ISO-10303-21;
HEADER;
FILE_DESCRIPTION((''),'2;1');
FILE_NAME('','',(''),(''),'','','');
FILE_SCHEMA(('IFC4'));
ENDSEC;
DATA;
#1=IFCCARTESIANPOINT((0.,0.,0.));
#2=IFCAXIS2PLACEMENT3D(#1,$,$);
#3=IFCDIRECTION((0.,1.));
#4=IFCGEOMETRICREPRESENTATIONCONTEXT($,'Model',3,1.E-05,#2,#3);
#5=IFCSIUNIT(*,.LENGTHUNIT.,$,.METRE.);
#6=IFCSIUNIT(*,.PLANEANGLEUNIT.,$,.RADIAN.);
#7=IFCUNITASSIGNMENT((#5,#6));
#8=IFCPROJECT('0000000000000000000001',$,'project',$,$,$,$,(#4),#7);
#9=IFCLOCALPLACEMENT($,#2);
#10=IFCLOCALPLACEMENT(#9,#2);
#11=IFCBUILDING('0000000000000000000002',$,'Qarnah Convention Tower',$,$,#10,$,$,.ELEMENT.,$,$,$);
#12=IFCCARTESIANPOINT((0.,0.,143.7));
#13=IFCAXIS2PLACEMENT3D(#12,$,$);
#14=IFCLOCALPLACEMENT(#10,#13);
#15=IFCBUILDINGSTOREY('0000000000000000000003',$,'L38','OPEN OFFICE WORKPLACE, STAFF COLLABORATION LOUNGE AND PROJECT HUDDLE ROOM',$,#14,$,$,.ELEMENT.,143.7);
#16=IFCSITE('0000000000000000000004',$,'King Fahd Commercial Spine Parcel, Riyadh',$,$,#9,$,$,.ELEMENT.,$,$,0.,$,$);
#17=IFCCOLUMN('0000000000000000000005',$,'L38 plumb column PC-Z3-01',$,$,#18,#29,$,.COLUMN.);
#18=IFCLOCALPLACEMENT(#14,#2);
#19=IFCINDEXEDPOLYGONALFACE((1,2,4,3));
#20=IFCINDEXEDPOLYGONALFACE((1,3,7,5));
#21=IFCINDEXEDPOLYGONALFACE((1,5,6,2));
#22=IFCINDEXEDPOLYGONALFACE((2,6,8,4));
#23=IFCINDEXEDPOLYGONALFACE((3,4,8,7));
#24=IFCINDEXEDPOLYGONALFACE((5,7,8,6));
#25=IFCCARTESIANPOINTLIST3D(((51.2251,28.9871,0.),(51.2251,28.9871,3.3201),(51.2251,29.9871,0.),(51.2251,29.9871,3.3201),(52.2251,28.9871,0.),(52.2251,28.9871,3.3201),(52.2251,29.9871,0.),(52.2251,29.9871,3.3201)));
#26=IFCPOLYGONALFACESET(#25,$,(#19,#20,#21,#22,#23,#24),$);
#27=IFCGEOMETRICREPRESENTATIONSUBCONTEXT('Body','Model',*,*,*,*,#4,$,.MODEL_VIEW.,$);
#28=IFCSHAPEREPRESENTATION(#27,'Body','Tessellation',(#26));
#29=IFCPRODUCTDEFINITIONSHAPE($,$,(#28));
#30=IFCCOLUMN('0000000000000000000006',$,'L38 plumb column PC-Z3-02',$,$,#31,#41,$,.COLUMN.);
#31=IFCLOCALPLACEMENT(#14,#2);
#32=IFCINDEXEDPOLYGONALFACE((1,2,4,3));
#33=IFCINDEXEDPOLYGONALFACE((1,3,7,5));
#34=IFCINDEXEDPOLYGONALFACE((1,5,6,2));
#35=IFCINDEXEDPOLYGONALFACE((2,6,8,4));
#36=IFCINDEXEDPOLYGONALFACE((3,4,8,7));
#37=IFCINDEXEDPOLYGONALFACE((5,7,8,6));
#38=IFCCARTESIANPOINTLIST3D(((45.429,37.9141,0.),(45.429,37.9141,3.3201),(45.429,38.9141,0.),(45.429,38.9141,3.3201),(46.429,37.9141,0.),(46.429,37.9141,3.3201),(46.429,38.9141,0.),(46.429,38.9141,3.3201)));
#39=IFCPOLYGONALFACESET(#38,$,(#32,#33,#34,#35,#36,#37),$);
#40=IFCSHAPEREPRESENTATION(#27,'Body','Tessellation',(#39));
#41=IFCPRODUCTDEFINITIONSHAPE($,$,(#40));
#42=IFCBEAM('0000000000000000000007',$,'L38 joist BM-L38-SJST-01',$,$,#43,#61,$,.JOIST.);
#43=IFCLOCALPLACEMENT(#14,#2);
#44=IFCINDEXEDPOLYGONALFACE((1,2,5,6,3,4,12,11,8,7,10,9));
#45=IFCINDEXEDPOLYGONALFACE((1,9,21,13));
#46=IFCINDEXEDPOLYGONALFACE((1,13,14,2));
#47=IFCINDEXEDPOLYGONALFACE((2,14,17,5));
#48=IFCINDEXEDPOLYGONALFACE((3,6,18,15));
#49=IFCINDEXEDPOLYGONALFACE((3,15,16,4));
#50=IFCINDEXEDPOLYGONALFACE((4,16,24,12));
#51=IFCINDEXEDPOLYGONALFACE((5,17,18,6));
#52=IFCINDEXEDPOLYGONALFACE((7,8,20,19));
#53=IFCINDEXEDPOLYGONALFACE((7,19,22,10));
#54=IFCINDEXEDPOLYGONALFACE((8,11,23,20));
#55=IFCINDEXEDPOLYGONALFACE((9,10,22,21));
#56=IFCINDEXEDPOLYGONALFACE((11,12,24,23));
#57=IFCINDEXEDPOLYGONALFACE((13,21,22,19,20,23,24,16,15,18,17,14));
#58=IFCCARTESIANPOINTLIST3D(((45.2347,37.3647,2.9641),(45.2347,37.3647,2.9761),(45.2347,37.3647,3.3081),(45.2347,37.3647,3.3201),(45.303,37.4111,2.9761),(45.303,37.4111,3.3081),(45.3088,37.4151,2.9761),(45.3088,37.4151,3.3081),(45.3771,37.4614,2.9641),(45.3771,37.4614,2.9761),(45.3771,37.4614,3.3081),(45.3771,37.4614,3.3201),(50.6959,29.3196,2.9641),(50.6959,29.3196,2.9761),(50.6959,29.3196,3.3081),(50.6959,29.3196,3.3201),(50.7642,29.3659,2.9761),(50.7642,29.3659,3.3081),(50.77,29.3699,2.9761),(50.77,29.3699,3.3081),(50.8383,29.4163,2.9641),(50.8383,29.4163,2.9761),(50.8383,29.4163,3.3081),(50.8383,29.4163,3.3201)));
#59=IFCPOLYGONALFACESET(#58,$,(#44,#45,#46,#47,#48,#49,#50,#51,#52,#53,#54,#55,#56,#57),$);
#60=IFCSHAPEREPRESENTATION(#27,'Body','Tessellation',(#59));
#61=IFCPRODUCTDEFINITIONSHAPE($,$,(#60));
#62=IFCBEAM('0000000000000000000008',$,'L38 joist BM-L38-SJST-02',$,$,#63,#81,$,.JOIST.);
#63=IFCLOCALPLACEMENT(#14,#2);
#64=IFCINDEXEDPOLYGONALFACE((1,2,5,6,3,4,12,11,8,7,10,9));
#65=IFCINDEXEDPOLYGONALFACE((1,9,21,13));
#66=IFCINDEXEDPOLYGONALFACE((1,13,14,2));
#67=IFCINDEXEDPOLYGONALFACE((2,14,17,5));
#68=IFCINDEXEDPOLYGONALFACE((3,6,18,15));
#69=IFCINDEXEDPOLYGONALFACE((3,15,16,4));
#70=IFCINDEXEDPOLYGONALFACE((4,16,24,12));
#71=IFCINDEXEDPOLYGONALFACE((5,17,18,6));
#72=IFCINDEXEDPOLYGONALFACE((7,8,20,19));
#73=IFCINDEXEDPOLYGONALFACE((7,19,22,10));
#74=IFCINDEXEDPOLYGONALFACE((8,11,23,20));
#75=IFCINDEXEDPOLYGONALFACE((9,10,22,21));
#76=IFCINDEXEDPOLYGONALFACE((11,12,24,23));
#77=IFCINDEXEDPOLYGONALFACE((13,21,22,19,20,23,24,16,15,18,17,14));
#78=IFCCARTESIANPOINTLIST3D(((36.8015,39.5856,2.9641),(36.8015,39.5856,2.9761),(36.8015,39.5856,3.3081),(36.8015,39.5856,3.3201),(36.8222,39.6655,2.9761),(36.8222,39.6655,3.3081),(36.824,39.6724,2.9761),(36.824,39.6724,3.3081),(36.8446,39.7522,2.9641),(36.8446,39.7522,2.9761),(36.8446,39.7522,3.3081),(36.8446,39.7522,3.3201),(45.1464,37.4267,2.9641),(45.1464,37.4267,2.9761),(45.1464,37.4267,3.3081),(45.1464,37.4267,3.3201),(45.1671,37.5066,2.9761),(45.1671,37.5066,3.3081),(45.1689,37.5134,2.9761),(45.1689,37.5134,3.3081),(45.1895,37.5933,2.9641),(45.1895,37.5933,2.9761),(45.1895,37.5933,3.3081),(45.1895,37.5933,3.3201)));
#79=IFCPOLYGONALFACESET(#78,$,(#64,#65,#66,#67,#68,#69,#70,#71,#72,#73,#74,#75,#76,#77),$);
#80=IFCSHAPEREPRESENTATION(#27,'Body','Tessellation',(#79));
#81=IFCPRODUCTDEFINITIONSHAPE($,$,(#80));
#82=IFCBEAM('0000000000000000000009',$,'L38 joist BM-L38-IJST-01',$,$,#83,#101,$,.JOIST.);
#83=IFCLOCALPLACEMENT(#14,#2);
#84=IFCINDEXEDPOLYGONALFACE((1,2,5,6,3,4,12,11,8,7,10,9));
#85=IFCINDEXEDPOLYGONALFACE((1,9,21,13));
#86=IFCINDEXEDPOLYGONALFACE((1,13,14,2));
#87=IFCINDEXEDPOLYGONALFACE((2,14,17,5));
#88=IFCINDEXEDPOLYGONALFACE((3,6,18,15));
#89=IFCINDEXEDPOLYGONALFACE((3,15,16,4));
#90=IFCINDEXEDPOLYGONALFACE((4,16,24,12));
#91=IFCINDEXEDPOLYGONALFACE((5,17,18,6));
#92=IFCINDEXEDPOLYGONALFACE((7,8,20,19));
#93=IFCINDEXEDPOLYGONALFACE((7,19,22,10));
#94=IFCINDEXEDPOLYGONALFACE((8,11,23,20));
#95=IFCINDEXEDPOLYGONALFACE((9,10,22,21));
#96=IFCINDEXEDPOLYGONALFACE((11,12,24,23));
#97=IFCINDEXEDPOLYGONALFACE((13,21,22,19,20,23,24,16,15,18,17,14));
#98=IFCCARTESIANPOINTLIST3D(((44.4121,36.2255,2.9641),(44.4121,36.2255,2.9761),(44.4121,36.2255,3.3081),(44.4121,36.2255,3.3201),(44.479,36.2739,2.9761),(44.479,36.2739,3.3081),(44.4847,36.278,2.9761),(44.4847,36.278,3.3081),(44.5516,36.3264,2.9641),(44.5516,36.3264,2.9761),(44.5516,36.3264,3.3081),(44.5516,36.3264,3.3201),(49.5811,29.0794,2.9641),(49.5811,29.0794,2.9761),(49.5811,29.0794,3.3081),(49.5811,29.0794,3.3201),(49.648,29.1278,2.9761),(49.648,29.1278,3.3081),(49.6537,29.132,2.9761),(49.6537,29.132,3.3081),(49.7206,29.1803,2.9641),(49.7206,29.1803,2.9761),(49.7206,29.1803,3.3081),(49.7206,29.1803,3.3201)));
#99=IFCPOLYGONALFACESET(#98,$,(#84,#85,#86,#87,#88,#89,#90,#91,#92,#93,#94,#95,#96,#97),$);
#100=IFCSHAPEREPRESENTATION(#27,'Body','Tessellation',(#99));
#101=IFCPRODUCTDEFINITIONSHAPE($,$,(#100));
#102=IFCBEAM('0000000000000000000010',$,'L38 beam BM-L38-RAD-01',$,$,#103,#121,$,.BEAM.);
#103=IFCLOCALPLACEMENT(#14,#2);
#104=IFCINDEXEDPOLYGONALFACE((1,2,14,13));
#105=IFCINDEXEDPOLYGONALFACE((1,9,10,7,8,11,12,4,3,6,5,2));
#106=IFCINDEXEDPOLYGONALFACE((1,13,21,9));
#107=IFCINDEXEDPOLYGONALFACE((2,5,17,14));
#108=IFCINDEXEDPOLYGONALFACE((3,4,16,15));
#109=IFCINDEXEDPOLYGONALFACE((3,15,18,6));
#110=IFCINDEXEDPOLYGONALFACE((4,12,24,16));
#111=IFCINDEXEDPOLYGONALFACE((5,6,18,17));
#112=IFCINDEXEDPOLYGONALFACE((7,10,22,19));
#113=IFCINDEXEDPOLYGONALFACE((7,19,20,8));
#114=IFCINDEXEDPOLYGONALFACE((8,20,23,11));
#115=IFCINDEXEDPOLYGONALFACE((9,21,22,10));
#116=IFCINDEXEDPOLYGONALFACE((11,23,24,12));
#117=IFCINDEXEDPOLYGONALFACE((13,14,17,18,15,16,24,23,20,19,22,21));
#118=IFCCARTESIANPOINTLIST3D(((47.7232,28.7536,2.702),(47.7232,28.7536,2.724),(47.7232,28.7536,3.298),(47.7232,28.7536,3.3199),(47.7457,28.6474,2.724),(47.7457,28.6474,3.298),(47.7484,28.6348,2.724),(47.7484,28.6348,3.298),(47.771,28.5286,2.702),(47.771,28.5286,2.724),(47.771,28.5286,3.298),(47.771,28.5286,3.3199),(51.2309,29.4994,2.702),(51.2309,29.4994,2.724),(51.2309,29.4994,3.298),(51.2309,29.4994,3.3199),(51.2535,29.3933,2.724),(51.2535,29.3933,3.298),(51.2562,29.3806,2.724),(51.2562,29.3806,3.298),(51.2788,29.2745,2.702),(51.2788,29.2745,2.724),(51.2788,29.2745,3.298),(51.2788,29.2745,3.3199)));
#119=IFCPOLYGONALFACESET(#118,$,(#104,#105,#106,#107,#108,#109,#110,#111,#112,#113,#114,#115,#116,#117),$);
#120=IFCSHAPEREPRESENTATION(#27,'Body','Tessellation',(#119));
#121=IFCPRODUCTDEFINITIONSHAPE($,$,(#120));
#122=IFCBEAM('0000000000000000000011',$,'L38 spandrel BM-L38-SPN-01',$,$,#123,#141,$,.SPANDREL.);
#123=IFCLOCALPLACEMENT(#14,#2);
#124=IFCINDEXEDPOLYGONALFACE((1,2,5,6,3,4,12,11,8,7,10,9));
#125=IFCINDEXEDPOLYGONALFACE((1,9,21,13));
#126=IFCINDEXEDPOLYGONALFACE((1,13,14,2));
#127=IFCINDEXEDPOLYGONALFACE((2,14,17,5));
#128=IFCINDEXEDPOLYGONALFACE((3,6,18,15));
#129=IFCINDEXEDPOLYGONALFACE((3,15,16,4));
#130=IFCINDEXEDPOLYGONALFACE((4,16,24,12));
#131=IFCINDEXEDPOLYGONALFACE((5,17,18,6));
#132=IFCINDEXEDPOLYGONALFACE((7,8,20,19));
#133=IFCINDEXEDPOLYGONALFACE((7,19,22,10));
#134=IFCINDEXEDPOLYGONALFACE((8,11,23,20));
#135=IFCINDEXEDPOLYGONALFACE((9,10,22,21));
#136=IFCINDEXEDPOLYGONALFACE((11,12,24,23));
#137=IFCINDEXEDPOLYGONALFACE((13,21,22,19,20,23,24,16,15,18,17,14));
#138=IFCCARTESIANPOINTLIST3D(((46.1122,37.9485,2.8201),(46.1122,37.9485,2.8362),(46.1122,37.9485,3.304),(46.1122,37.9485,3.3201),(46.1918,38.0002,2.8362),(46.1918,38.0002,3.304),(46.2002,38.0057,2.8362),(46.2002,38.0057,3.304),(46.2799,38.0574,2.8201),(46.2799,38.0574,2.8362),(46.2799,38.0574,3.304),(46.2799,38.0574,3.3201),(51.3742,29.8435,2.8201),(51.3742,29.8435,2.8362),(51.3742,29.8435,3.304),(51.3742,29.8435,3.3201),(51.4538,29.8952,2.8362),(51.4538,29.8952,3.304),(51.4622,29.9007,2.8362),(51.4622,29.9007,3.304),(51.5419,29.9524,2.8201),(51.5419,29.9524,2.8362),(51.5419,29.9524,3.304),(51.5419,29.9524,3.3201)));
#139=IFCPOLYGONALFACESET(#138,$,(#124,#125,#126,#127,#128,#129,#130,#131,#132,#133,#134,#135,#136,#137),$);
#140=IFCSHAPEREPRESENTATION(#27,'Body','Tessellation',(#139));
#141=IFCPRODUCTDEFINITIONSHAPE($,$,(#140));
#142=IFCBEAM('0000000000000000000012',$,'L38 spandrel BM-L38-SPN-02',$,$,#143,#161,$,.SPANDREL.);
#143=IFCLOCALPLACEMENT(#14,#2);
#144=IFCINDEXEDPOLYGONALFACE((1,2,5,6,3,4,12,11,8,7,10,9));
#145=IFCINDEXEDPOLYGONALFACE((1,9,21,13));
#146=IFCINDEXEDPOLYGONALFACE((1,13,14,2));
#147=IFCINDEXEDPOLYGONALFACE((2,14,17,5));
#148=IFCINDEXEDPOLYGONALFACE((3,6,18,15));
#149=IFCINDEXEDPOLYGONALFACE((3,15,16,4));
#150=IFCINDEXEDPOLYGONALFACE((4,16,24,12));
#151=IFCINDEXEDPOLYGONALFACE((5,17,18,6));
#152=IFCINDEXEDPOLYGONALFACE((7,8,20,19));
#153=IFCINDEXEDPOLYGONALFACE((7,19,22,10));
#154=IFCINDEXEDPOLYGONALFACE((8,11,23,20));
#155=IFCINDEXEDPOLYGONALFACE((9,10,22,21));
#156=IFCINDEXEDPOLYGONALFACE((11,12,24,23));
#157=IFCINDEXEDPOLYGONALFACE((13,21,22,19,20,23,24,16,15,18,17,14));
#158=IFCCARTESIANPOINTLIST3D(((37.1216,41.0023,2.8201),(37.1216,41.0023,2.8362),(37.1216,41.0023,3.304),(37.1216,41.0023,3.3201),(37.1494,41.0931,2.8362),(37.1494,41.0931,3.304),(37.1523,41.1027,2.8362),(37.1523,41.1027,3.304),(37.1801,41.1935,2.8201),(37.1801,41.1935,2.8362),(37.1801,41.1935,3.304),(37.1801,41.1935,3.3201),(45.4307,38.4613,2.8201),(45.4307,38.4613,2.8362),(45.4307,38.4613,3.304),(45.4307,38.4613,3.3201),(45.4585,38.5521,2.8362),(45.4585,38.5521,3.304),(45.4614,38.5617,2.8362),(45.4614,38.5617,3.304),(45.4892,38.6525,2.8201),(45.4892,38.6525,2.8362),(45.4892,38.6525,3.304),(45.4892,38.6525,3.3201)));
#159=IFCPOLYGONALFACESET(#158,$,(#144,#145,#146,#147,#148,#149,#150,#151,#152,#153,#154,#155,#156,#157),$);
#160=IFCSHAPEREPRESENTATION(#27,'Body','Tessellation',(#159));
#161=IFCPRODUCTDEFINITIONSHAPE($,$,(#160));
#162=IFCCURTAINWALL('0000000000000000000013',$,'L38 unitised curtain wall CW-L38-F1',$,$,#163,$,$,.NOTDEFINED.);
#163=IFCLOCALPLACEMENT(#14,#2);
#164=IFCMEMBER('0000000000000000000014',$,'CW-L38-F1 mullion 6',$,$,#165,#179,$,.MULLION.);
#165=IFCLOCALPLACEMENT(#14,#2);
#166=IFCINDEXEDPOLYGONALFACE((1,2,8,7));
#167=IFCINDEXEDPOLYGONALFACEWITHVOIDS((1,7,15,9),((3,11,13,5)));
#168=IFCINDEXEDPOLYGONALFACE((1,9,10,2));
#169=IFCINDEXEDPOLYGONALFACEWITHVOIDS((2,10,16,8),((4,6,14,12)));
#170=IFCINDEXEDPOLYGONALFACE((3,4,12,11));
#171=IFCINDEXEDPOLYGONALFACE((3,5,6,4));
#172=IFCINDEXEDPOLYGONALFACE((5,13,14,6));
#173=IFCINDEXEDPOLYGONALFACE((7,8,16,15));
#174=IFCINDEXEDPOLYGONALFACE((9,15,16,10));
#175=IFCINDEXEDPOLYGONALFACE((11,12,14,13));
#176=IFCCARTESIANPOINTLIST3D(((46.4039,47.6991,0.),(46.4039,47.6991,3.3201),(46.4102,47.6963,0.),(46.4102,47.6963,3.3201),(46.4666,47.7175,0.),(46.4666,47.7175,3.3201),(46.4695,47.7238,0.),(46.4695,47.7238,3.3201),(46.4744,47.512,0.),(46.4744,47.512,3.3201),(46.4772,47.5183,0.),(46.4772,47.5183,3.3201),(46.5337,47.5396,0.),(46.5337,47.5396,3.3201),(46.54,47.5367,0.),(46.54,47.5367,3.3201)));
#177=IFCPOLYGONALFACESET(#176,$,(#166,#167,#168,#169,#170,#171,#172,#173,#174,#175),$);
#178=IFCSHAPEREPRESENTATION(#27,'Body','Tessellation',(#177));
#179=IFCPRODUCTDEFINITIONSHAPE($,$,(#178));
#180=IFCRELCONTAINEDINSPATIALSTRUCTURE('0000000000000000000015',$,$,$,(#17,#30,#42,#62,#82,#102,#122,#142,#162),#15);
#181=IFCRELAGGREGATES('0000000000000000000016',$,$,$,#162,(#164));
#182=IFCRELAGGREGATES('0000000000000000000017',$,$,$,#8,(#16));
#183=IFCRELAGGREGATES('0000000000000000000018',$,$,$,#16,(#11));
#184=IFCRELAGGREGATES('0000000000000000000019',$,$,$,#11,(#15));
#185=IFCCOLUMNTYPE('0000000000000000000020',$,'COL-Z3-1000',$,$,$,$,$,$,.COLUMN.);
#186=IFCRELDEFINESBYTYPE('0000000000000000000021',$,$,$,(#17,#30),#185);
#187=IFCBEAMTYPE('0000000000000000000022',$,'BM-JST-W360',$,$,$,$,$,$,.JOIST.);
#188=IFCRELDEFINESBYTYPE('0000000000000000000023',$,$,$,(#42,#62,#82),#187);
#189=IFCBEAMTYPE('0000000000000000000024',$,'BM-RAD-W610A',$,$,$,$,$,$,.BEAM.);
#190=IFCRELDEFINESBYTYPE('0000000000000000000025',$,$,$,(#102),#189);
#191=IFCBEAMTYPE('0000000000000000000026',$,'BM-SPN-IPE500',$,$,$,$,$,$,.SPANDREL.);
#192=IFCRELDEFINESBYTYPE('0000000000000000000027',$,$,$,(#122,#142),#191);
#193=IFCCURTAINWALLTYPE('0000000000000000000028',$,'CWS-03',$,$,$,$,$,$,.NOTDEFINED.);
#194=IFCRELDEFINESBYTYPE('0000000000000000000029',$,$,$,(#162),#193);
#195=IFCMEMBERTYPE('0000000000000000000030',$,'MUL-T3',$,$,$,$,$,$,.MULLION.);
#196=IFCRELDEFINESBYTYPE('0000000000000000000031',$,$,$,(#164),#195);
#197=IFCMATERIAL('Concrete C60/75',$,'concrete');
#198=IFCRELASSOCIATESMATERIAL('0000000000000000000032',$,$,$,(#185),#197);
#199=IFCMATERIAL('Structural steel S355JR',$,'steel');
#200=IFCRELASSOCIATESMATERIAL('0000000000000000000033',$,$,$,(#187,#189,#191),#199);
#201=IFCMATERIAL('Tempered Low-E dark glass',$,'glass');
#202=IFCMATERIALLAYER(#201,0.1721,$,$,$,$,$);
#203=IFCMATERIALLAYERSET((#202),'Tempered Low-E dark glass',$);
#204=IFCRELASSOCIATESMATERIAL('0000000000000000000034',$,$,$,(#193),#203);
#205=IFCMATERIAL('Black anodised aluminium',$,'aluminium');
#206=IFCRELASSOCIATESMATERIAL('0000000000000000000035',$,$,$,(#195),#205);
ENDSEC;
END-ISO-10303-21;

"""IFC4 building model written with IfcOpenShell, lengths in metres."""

from ifc_helpers import new_model, si_unit, direction, frame, origin, origin_2d, place, context, subcontext, project, spatial, rectangle, hollow_rectangle, i_section, extrude, material, layer, layer_set, material_profile, profile_set, type_object, element, aggregate, save


model = new_model("IFC4")

# Units and contexts
model_context = context("Model", 3, precision=1e-05, world=origin(), true_north=direction((0.0, 1.0)))
body_context = subcontext(model_context, "Body", "Model", "MODEL_VIEW")
ifc_project = project(units=[si_unit("LENGTHUNIT", "METRE"), si_unit("PLANEANGLEUNIT", "RADIAN")], contexts=[model_context])

# Site, building, storey
site_placement = place(None, origin())
site = spatial("IfcSite", under=ifc_project, at=site_placement, Name="King Fahd Commercial Spine Parcel, Riyadh", CompositionType="ELEMENT", RefElevation=0.0)
building_placement = place(site_placement, origin())
building = spatial("IfcBuilding", under=site, at=building_placement, Name="Qarnah Convention Tower", CompositionType="ELEMENT")
storey_placement = place(building_placement, frame((0.0, 0.0, 143.7)))
storey = spatial("IfcBuildingStorey", under=building, at=storey_placement, Name="L38", Description="OPEN OFFICE WORKPLACE, STAFF COLLABORATION LOUNGE AND PROJECT HUDDLE ROOM", CompositionType="ELEMENT", Elevation=143.7)

# Columns
ifc_material_1 = material(Name="Concrete C60/75", Category="concrete")
ifc_material_profile_1 = material_profile(ifc_material_1, rectangle(XDim=1.0, YDim=1.0, at=origin_2d()), Name="RC-COL-1000X1000")
ifc_profile_set_1 = profile_set([ifc_material_profile_1], Name="Concrete C60/75")
column_type = type_object("IfcColumnType", Name="COL-Z3-1000", PredefinedType="COLUMN", material=ifc_profile_set_1)
for number, where, z_axis, x_axis, name in (
    (1, (51.7251, 29.4871, 0.0), (0.0, 0.0, 1.0), (1.0, 0.0, 0.0), "L38 plumb column PC-Z3-01"),
    (2, (45.929, 38.4141, 0.0), (0.0, 0.0, 1.0), (1.0, 0.0, 0.0), "L38 plumb column PC-Z3-02"),
):
    element("IfcColumn", number, at=place(storey_placement, frame(where, z_axis=z_axis, x_axis=x_axis)), inside=storey, type_object=column_type, Name=name, PredefinedType="COLUMN", context=body_context, shape_type="SweptSolid", body=[
        extrude(rectangle(XDim=1.0, YDim=1.0, at=origin_2d()), origin(), (0.0, 0.0, 1.0), 3.3201),
    ])

# Beams
ifc_material_2 = material(Name="Structural steel S355JR", Category="steel")
ifc_material_profile_2 = material_profile(ifc_material_2, i_section(OverallWidth=0.1721, OverallDepth=0.356, WebThickness=0.0071, FlangeThickness=0.012, at=origin_2d()), Name="W360X51")
ifc_profile_set_2 = profile_set([ifc_material_profile_2], Name="Structural steel S355JR")
beam_type_1 = type_object("IfcBeamType", Name="BM-JST-W360", PredefinedType="JOIST", material=ifc_profile_set_2)
beam_1_placement = place(storey_placement, frame((50.7671, 29.3679, 3.1421), z_axis=(-0.56164, 0.827382, 0.0), x_axis=(-0.827382, -0.56164, 0.0)))
element("IfcBeam", 3, at=beam_1_placement, inside=storey, type_object=beam_type_1, Name="L38 joist BM-L38-SJST-01", PredefinedType="JOIST", context=body_context, shape_type="SweptSolid", body=[
    extrude(i_section(OverallWidth=0.1721, OverallDepth=0.356, WebThickness=0.0071, FlangeThickness=0.012, at=origin_2d()), origin(), (0.0, 0.0, 1.0), 9.7236),
])
beam_2_placement = place(storey_placement, frame((45.168, 37.51, 3.1421), z_axis=(-0.968126, 0.250465, 0.0), x_axis=(-0.250465, -0.968126, 0.0)))
element("IfcBeam", 4, at=beam_2_placement, inside=storey, type_object=beam_type_1, Name="L38 joist BM-L38-SJST-02", PredefinedType="JOIST", context=body_context, shape_type="SweptSolid", body=[
    extrude(i_section(OverallWidth=0.1721, OverallDepth=0.356, WebThickness=0.0071, FlangeThickness=0.012, at=origin_2d()), origin(), (0.0, 0.0, 1.0), 8.6196),
])
beam_3_placement = place(storey_placement, frame((49.6509, 29.1299, 3.1421), z_axis=(-0.586083, 0.810251, 0.0), x_axis=(-0.810251, -0.586083, 0.0)))
element("IfcBeam", 5, at=beam_3_placement, inside=storey, type_object=beam_type_1, Name="L38 joist BM-L38-IJST-01", PredefinedType="JOIST", context=body_context, shape_type="SweptSolid", body=[
    extrude(i_section(OverallWidth=0.1721, OverallDepth=0.356, WebThickness=0.0071, FlangeThickness=0.012, at=origin_2d()), origin(), (0.0, 0.0, 1.0), 8.8196),
])
ifc_material_profile_3 = material_profile(ifc_material_2, i_section(OverallWidth=0.23, OverallDepth=0.6179, WebThickness=0.0129, FlangeThickness=0.022, at=origin_2d()), Name="W610X140")
ifc_profile_set_3 = profile_set([ifc_material_profile_3], Name="Structural steel S355JR")
beam_type_2 = type_object("IfcBeamType", Name="BM-RAD-W610A", PredefinedType="BEAM", material=ifc_profile_set_3)
beam_4_placement = place(storey_placement, frame((47.7471, 28.6411, 3.011), z_axis=(0.978134, 0.207976, 0.0), x_axis=(-0.207976, 0.978134, 0.0)))
element("IfcBeam", 6, at=beam_4_placement, inside=storey, type_object=beam_type_2, Name="L38 beam BM-L38-RAD-01", PredefinedType="BEAM", context=body_context, shape_type="SweptSolid", body=[
    extrude(i_section(OverallWidth=0.23, OverallDepth=0.6179, WebThickness=0.0129, FlangeThickness=0.022, at=origin_2d()), origin(), (0.0, 0.0, 1.0), 3.5862),
])
ifc_material_profile_4 = material_profile(ifc_material_2, i_section(OverallWidth=0.2, OverallDepth=0.5, WebThickness=0.01, FlangeThickness=0.0161, at=origin_2d()), Name="IPE500")
ifc_profile_set_4 = profile_set([ifc_material_profile_4], Name="Structural steel S355JR")
beam_type_3 = type_object("IfcBeamType", Name="BM-SPN-IPE500", PredefinedType="SPANDREL", material=ifc_profile_set_4)
beam_5_placement = place(storey_placement, frame((51.458, 29.8979, 3.0701), z_axis=(-0.544532, 0.83874, 0.0), x_axis=(-0.83874, -0.544532, 0.0)))
element("IfcBeam", 7, at=beam_5_placement, inside=storey, type_object=beam_type_3, Name="L38 spandrel BM-L38-SPN-01", PredefinedType="SPANDREL", context=body_context, shape_type="SweptSolid", body=[
    extrude(i_section(OverallWidth=0.2, OverallDepth=0.5, WebThickness=0.01, FlangeThickness=0.0161, at=origin_2d()), origin(), (0.0, 0.0, 1.0), 9.6633),
])
beam_6_placement = place(storey_placement, frame((45.46, 38.5569, 3.0701), z_axis=(-0.956283, 0.292443, 0.0), x_axis=(-0.292443, -0.956283, 0.0)))
element("IfcBeam", 8, at=beam_6_placement, inside=storey, type_object=beam_type_3, Name="L38 spandrel BM-L38-SPN-02", PredefinedType="SPANDREL", context=body_context, shape_type="SweptSolid", body=[
    extrude(i_section(OverallWidth=0.2, OverallDepth=0.5, WebThickness=0.01, FlangeThickness=0.0161, at=origin_2d()), origin(), (0.0, 0.0, 1.0), 8.689),
])

# Curtain wall, member
ifc_material_3 = material(Name="Tempered Low-E dark glass", Category="glass")
ifc_layer_1 = layer(ifc_material_3, 0.1721)
ifc_layer_set_1 = layer_set([ifc_layer_1], Name="Tempered Low-E dark glass")
curtain_wall_type = type_object("IfcCurtainWallType", Name="CWS-03", PredefinedType="NOTDEFINED", material=ifc_layer_set_1)
curtain_wall_1_placement = place(storey_placement, origin())
curtain_wall_1 = element("IfcCurtainWall", 9, at=curtain_wall_1_placement, inside=storey, type_object=curtain_wall_type, Name="L38 unitised curtain wall CW-L38-F1", PredefinedType="NOTDEFINED")
ifc_material_4 = material(Name="Black anodised aluminium", Category="aluminium")
ifc_material_profile_5 = material_profile(ifc_material_4, hollow_rectangle(XDim=0.0701, YDim=0.2, WallThickness=0.0049, at=origin_2d()), Name="MUL-70X200")
ifc_profile_set_5 = profile_set([ifc_material_profile_5], Name="Black anodised aluminium")
member_type_1 = type_object("IfcMemberType", Name="MUL-T3", PredefinedType="MULLION", material=ifc_profile_set_5)
member_1_placement = place(storey_placement, frame((46.4719, 47.6179, 0.0), z_axis=(0.0, 0.0, 1.0), x_axis=(0.935807, 0.352512, 0.0)))
member_1 = element("IfcMember", 10, at=member_1_placement, type_object=member_type_1, Name="CW-L38-F1 mullion 6", PredefinedType="MULLION", context=body_context, shape_type="SweptSolid", body=[
    extrude(hollow_rectangle(XDim=0.0701, YDim=0.2, WallThickness=0.0049, at=origin_2d()), origin(), (0.0, 0.0, 1.0), 3.3201),
])
aggregate(curtain_wall_1, [member_1])

save(model, "model.ifc")
